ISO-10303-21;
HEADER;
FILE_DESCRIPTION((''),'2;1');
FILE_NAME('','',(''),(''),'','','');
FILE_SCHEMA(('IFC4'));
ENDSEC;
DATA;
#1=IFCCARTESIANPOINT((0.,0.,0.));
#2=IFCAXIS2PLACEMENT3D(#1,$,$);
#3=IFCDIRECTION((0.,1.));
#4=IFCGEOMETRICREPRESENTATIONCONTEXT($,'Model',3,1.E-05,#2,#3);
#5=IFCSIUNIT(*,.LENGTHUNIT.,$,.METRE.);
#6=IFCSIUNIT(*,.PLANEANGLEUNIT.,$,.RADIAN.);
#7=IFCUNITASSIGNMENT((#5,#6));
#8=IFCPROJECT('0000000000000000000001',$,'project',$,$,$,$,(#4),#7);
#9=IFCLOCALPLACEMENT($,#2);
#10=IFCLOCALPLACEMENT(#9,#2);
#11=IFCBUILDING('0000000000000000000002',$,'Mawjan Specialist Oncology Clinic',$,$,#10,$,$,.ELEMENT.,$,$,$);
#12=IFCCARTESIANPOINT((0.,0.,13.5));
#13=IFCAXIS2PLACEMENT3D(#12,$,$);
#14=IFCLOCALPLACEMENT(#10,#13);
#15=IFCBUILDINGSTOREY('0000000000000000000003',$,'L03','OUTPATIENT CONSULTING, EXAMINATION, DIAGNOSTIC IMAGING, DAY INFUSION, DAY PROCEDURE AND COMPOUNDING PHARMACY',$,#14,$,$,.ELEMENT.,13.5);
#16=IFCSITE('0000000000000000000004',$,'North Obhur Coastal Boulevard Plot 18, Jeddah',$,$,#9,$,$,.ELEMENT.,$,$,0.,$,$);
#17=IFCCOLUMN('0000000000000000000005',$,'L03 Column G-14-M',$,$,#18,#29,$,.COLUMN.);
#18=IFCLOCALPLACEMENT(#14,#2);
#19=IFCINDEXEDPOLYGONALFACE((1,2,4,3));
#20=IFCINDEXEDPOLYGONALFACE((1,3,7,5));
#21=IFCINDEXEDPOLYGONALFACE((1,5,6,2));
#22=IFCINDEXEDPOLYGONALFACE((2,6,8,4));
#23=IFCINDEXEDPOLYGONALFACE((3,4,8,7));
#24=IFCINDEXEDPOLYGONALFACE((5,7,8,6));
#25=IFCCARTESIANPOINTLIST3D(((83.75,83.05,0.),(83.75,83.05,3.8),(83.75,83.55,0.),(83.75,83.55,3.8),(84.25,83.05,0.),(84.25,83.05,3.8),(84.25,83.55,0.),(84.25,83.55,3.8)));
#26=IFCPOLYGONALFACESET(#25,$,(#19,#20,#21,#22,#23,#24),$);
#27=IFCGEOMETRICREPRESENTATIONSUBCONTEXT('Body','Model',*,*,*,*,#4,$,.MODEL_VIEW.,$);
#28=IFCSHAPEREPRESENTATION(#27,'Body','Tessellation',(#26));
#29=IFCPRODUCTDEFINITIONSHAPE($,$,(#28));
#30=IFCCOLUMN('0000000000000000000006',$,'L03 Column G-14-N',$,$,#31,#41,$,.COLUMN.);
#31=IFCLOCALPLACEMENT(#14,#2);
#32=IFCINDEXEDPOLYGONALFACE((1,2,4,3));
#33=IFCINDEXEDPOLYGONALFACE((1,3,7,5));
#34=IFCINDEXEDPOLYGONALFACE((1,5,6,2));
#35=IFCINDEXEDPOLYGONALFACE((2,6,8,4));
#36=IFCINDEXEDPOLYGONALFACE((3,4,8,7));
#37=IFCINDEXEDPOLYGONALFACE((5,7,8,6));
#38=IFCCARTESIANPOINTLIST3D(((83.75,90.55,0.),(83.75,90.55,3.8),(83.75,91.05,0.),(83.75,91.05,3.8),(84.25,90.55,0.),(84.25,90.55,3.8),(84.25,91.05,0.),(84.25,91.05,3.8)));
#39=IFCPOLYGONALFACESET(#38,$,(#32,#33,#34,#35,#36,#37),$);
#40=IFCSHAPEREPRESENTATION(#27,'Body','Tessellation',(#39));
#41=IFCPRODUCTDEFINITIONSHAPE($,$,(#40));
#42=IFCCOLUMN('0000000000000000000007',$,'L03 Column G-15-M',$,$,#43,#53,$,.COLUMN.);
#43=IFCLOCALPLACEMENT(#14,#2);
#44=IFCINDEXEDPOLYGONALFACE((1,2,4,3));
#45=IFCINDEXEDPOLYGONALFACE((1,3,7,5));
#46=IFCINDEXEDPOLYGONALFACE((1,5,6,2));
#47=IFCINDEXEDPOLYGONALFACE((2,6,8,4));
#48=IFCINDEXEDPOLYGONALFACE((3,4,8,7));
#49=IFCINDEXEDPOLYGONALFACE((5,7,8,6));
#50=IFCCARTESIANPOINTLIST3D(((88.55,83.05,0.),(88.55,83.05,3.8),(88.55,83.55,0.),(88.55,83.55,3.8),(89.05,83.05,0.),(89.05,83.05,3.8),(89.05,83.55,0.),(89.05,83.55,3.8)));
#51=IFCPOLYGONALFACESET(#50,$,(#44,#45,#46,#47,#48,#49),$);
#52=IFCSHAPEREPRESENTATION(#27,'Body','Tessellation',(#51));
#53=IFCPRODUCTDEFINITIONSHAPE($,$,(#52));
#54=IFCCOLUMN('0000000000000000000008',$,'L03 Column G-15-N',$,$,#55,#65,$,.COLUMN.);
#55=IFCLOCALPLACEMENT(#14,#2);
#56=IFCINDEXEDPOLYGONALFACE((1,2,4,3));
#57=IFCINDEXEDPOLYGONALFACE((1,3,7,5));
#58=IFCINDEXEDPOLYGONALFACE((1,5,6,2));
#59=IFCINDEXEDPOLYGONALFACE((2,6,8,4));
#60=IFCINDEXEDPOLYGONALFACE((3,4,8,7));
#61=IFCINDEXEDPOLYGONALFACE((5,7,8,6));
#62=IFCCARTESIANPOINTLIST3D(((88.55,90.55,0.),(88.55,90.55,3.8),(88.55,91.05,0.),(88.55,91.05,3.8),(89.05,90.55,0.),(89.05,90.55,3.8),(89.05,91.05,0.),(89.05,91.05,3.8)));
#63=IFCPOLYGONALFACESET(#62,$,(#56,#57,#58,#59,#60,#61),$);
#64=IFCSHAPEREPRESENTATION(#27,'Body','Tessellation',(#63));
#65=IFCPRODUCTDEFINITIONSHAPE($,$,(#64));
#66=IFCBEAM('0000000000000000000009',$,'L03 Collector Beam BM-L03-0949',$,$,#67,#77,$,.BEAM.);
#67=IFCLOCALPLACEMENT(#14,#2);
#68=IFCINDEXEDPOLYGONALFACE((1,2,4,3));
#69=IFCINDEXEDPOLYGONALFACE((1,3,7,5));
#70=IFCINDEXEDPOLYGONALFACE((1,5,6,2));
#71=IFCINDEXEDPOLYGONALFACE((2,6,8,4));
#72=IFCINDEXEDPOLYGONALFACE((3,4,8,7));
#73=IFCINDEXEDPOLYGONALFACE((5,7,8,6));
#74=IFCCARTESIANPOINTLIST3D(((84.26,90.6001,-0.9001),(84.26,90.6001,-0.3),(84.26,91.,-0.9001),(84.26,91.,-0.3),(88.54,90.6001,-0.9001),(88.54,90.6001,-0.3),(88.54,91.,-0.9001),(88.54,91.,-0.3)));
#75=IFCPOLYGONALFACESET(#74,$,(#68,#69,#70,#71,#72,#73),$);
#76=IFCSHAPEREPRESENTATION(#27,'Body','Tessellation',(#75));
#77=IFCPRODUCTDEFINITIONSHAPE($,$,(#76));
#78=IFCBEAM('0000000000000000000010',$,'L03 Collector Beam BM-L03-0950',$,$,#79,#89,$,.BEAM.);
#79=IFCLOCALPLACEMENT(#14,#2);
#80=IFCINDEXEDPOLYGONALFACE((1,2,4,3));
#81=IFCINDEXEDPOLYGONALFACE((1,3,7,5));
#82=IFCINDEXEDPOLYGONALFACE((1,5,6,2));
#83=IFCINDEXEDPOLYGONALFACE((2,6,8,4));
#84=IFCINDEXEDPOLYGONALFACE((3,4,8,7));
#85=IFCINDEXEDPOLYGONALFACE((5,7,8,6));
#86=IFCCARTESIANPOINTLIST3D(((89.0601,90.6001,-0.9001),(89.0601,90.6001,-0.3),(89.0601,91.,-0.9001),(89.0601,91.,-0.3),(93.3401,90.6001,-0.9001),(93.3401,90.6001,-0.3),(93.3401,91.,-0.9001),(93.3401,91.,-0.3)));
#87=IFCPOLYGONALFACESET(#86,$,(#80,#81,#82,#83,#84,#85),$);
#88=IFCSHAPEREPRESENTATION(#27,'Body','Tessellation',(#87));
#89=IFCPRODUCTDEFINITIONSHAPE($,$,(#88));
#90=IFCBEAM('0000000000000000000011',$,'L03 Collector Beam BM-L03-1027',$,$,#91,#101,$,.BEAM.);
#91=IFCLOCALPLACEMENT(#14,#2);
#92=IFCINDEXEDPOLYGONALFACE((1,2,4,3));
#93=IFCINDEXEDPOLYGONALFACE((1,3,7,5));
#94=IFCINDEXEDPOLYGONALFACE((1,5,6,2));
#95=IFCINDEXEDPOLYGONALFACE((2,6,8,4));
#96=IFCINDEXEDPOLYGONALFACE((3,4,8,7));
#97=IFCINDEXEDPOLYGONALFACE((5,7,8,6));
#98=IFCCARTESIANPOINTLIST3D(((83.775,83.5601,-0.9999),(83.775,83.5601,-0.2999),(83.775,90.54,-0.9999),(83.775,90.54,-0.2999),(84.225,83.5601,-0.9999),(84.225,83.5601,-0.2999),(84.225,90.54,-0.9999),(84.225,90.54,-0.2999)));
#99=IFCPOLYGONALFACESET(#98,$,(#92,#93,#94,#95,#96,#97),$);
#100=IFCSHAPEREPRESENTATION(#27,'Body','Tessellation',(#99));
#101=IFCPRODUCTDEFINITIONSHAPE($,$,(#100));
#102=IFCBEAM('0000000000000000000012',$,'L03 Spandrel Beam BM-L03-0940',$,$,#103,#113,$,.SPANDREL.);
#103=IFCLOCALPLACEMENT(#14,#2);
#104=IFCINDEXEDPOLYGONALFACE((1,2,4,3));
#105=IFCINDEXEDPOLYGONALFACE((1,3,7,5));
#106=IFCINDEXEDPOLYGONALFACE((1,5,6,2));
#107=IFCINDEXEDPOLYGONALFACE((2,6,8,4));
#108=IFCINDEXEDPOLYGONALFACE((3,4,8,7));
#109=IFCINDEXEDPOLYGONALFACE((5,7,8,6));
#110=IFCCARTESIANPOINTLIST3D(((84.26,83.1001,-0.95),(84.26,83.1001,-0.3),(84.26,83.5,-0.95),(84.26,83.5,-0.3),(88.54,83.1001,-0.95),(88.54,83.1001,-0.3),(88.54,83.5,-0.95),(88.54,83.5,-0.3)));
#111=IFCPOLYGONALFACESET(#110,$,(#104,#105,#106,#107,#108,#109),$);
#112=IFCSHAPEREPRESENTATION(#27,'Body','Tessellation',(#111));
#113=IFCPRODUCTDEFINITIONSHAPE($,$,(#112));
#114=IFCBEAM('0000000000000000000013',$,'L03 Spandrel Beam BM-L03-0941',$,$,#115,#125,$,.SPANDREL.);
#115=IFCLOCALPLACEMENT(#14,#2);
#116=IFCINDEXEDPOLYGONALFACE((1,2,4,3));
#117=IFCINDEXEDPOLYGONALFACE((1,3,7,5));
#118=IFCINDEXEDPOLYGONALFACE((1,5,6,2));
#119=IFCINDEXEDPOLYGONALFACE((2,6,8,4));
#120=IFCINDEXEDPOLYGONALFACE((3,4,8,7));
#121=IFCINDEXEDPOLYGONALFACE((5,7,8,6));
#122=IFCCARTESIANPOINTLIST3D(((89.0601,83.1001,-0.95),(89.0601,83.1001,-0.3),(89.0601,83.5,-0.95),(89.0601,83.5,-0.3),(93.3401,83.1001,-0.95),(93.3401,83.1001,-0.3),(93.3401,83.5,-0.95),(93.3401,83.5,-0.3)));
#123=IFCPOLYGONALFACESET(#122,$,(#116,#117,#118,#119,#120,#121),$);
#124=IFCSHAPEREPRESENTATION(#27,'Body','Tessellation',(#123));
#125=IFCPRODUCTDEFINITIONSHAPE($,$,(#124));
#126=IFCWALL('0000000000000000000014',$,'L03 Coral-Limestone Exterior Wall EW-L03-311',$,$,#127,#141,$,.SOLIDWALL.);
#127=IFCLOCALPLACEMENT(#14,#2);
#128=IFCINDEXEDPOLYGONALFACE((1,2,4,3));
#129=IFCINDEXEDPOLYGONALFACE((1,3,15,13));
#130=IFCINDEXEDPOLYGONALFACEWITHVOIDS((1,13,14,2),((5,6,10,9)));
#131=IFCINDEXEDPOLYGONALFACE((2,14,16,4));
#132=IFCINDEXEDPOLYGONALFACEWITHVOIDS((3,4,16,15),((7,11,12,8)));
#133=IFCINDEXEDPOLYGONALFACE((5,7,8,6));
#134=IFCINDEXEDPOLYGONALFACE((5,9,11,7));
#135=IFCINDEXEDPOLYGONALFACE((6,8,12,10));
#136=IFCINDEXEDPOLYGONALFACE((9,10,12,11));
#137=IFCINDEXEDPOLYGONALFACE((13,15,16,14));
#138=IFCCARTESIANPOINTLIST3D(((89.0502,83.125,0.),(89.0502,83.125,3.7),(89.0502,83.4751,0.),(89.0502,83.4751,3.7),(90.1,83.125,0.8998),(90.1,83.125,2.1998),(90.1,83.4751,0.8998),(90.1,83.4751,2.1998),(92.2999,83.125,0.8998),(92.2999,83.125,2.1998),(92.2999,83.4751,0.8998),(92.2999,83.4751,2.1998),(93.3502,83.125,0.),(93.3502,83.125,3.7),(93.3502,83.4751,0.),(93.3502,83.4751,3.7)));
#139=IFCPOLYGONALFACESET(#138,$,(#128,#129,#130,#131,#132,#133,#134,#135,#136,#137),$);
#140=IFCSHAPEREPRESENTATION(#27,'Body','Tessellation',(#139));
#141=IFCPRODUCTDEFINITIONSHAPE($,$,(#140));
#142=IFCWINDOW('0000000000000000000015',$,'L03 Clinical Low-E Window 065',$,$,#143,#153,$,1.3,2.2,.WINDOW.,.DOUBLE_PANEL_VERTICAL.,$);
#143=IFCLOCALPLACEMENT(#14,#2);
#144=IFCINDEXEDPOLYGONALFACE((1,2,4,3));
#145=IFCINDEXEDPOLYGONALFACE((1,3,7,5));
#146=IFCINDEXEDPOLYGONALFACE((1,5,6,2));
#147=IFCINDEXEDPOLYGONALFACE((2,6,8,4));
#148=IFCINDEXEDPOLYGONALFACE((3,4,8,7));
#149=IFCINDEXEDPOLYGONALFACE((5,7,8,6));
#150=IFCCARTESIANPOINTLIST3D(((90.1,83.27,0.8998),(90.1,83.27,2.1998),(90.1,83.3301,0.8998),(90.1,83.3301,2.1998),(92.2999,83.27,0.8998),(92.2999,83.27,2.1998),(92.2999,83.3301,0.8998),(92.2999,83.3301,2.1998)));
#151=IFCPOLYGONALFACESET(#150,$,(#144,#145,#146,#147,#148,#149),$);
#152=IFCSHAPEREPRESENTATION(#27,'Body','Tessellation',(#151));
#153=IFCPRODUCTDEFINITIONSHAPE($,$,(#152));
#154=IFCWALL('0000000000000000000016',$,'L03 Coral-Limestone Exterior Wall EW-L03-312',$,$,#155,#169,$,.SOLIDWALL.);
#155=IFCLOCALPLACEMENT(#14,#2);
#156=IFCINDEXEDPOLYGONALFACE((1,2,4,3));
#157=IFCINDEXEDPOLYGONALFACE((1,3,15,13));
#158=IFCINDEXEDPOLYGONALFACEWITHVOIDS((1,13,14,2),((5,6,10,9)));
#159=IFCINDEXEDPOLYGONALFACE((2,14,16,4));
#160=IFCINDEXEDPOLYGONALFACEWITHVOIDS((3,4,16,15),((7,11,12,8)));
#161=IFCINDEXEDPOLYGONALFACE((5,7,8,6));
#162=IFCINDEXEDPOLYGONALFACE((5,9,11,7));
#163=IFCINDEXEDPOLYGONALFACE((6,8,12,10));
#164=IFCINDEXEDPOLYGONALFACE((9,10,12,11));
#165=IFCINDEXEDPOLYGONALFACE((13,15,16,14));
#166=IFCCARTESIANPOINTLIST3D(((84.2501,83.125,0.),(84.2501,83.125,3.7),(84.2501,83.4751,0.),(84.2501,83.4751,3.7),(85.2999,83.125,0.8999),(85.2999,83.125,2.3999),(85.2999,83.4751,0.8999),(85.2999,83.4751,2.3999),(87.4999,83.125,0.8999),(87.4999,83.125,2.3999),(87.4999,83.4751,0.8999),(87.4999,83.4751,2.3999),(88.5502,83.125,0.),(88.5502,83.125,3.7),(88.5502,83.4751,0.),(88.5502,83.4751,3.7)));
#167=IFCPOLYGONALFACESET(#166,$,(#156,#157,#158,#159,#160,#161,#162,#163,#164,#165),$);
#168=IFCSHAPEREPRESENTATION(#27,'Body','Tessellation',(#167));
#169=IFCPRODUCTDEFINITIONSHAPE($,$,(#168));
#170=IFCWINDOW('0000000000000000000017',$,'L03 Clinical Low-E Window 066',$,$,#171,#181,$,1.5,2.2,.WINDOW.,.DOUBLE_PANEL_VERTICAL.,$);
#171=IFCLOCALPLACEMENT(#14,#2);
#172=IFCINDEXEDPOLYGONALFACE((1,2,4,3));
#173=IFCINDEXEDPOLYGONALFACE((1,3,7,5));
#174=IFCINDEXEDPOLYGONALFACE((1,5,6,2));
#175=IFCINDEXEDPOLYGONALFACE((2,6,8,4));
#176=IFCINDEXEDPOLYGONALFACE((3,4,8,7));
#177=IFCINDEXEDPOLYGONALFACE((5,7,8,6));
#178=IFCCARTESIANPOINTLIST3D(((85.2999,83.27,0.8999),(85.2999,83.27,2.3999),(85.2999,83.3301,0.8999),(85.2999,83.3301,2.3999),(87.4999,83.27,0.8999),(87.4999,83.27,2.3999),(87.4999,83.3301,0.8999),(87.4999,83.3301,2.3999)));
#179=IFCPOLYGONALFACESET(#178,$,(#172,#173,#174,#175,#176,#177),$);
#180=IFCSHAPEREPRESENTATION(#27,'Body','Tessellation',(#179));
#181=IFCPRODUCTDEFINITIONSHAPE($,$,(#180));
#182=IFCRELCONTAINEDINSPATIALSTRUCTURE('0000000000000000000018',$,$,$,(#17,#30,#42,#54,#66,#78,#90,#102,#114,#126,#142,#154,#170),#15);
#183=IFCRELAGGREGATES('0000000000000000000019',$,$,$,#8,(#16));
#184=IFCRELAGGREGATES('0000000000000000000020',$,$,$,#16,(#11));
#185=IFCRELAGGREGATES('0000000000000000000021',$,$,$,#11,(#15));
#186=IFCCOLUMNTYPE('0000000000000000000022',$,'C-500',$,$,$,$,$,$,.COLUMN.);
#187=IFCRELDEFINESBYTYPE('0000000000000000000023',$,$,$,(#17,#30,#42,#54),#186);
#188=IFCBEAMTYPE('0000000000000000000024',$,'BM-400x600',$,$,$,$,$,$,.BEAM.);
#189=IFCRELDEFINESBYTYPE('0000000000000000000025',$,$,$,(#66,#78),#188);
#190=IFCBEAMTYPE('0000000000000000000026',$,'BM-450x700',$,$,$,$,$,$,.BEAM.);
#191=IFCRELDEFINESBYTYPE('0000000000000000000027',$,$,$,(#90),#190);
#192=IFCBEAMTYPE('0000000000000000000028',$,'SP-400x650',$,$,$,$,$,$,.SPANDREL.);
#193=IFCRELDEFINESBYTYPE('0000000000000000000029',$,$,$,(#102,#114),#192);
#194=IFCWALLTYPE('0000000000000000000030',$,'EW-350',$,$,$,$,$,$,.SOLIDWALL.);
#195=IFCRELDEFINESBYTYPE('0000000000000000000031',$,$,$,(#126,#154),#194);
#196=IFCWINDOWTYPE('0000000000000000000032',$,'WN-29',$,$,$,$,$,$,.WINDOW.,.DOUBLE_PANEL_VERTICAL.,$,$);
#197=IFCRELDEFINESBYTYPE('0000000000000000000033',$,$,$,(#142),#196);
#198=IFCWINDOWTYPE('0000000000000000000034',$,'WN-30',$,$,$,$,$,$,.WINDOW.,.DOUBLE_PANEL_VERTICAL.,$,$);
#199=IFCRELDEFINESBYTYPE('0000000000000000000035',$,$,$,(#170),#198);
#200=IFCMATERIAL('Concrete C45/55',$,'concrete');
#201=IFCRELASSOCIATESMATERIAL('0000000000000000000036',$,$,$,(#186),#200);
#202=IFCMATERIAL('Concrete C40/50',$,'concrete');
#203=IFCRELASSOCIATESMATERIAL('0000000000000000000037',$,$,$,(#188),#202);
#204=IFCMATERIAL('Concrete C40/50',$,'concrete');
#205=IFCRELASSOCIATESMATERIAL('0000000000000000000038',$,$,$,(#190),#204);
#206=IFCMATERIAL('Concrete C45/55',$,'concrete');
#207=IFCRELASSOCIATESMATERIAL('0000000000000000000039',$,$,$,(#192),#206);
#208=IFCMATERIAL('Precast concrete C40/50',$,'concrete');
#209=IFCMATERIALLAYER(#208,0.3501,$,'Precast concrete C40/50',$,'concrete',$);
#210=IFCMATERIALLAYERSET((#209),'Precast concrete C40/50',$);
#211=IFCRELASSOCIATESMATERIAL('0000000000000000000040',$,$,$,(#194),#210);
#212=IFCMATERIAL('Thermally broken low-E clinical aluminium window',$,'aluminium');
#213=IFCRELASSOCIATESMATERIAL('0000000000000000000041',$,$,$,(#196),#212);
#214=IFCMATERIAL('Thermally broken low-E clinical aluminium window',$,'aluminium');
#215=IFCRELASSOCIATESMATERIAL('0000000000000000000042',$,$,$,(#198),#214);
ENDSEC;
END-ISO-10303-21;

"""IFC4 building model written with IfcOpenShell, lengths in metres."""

from ifc_helpers import new_model, si_unit, direction, frame, frame_2d, origin, origin_2d, place, context, subcontext, project, spatial, rectangle, extrude, material, layer, layer_set, material_profile, profile_set, type_object, element, fill, save


model = new_model("IFC4")

# Units and contexts
model_context = context("Model", 3, precision=1e-05, world=origin(), true_north=direction((0.0, 1.0)))
body_context = subcontext(model_context, "Body", "Model", "MODEL_VIEW")
ifc_project = project(units=[si_unit("LENGTHUNIT", "METRE"), si_unit("PLANEANGLEUNIT", "RADIAN")], contexts=[model_context])

# Site, building, storey
site_placement = place(None, origin())
site = spatial("IfcSite", under=ifc_project, at=site_placement, Name="North Obhur Coastal Boulevard Plot 18, Jeddah", CompositionType="ELEMENT", RefElevation=0.0)
building_placement = place(site_placement, origin())
building = spatial("IfcBuilding", under=site, at=building_placement, Name="Mawjan Specialist Oncology Clinic", CompositionType="ELEMENT")
storey_placement = place(building_placement, frame((0.0, 0.0, 13.5)))
storey = spatial("IfcBuildingStorey", under=building, at=storey_placement, Name="L03", Description="OUTPATIENT CONSULTING, EXAMINATION, DIAGNOSTIC IMAGING, DAY INFUSION, DAY PROCEDURE AND COMPOUNDING PHARMACY", CompositionType="ELEMENT", Elevation=13.5)

# Columns
ifc_material_1 = material(Name="Concrete C45/55", Category="concrete")
ifc_material_profile_1 = material_profile(ifc_material_1, rectangle(XDim=0.5, YDim=0.5, at=origin_2d()), Name="RC COL 500x500", Category="concrete")
ifc_profile_set_1 = profile_set([ifc_material_profile_1], Name="Concrete C45/55")
column_type = type_object("IfcColumnType", Name="C-500", PredefinedType="COLUMN", material=ifc_profile_set_1)
for number, where, z_axis, x_axis, name in (
    (1, (84.0, 83.3, 0.0), (0.0, 0.0, 1.0), (1.0, 0.0, 0.0), "L03 Column G-14-M"),
    (2, (84.0, 90.8, 0.0), (0.0, 0.0, 1.0), (1.0, 0.0, 0.0), "L03 Column G-14-N"),
    (3, (88.8, 83.3, 0.0), (0.0, 0.0, 1.0), (1.0, 0.0, 0.0), "L03 Column G-15-M"),
    (4, (88.8, 90.8, 0.0), (0.0, 0.0, 1.0), (1.0, 0.0, 0.0), "L03 Column G-15-N"),
):
    element("IfcColumn", number, at=place(storey_placement, frame(where, z_axis=z_axis, x_axis=x_axis)), inside=storey, type_object=column_type, Name=name, PredefinedType="COLUMN", context=body_context, shape_type="SweptSolid", body=[
        extrude(rectangle(XDim=0.5, YDim=0.5, at=origin_2d()), origin(), (0.0, 0.0, 1.0), 3.8),
    ])

# Beams
ifc_material_2 = material(Name="Concrete C40/50", Category="concrete")
ifc_material_profile_2 = material_profile(ifc_material_2, rectangle(XDim=0.3999, YDim=0.6001, at=origin_2d()), Name="RC BM 400x600", Category="concrete")
ifc_profile_set_2 = profile_set([ifc_material_profile_2], Name="Concrete C40/50")
beam_type_1 = type_object("IfcBeamType", Name="BM-400x600", PredefinedType="BEAM", material=ifc_profile_set_2)
for number, where, z_axis, x_axis, name in (
    (5, (84.26, 90.8, -0.6001), (1.0, 0.0, 0.0), (0.0, 1.0, 0.0), "L03 Collector Beam BM-L03-0949"),
    (6, (89.0601, 90.8, -0.6001), (1.0, 0.0, 0.0), (0.0, 1.0, 0.0), "L03 Collector Beam BM-L03-0950"),
):
    element("IfcBeam", number, at=place(storey_placement, frame(where, z_axis=z_axis, x_axis=x_axis)), inside=storey, type_object=beam_type_1, Name=name, PredefinedType="BEAM", context=body_context, shape_type="SweptSolid", body=[
        extrude(rectangle(XDim=0.3999, YDim=0.6001, at=origin_2d()), origin(), (0.0, 0.0, 1.0), 4.28),
    ])
ifc_material_3 = material(Name="Concrete C40/50", Category="concrete")
ifc_material_profile_3 = material_profile(ifc_material_3, rectangle(XDim=0.45, YDim=0.7, at=origin_2d()), Name="RC BM 450x700", Category="concrete")
ifc_profile_set_3 = profile_set([ifc_material_profile_3], Name="Concrete C40/50")
beam_type_2 = type_object("IfcBeamType", Name="BM-450x700", PredefinedType="BEAM", material=ifc_profile_set_3)
beam_placement = place(storey_placement, frame((84.0, 83.5601, -0.6499), z_axis=(0.0, 1.0, 0.0), x_axis=(-1.0, 0.0, 0.0)))
element("IfcBeam", 7, at=beam_placement, inside=storey, type_object=beam_type_2, Name="L03 Collector Beam BM-L03-1027", PredefinedType="BEAM", context=body_context, shape_type="SweptSolid", body=[
    extrude(rectangle(XDim=0.45, YDim=0.7, at=origin_2d()), origin(), (0.0, 0.0, 1.0), 6.98),
])
ifc_material_4 = material(Name="Concrete C45/55", Category="concrete")
ifc_material_profile_4 = material_profile(ifc_material_4, rectangle(XDim=0.3999, YDim=0.6499, at=origin_2d()), Name="RC BM 400x650", Category="concrete")
ifc_profile_set_4 = profile_set([ifc_material_profile_4], Name="Concrete C45/55")
beam_type_3 = type_object("IfcBeamType", Name="SP-400x650", PredefinedType="SPANDREL", material=ifc_profile_set_4)
for number, where, z_axis, x_axis, name in (
    (8, (84.26, 83.3, -0.625), (1.0, 0.0, 0.0), (0.0, 1.0, 0.0), "L03 Spandrel Beam BM-L03-0940"),
    (9, (89.0601, 83.3, -0.625), (1.0, 0.0, 0.0), (0.0, 1.0, 0.0), "L03 Spandrel Beam BM-L03-0941"),
):
    element("IfcBeam", number, at=place(storey_placement, frame(where, z_axis=z_axis, x_axis=x_axis)), inside=storey, type_object=beam_type_3, Name=name, PredefinedType="SPANDREL", context=body_context, shape_type="SweptSolid", body=[
        extrude(rectangle(XDim=0.3999, YDim=0.6499, at=origin_2d()), origin(), (0.0, 0.0, 1.0), 4.28),
    ])

# Walls, openings, windows
ifc_material_5 = material(Name="Precast concrete C40/50", Category="concrete")
ifc_layer_1 = layer(ifc_material_5, 0.3501, Name="Precast concrete C40/50", Category="concrete")
ifc_layer_set_1 = layer_set([ifc_layer_1], Name="Precast concrete C40/50")
wall_type_1 = type_object("IfcWallType", Name="EW-350", PredefinedType="SOLIDWALL", material=ifc_layer_set_1)
wall_1_placement = place(storey_placement, frame((93.3501, 83.3, 0.0), z_axis=(0.0, 0.0, 1.0), x_axis=(-1.0, 0.0, 0.0)))
wall_1 = element("IfcWall", 10, at=wall_1_placement, inside=storey, type_object=wall_type_1, Name="L03 Coral-Limestone Exterior Wall EW-L03-311", PredefinedType="SOLIDWALL", context=body_context, shape_type="SweptSolid", body=[
    extrude(rectangle(XDim=4.3, YDim=0.3501, at=frame_2d((2.1499, 0.0))), origin(), (0.0, 0.0, 1.0), 3.7),
])
opening_1_placement = place(wall_1_placement, frame((1.05, 0.0, 0.8999)))
opening_1 = element("IfcOpeningElement", 11, at=opening_1_placement, cuts=wall_1, PredefinedType="OPENING", context=body_context, shape_type="SweptSolid", body=[
    extrude(rectangle(XDim=2.2, YDim=1.3, at=frame_2d((1.1001, 0.6499))), frame((0.0, 0.187, 0.0), z_axis=(0.0, -1.0, 0.0), x_axis=(1.0, 0.0, 0.0)), (0.0, 0.0, 1.0), 0.374),
])
ifc_material_6 = material(Name="Thermally broken low-E clinical aluminium window", Category="aluminium")
window_type_1 = type_object("IfcWindowType", Name="WN-29", PartitioningType="DOUBLE_PANEL_VERTICAL", PredefinedType="WINDOW", material=ifc_material_6)
window_1_placement = place(opening_1_placement, origin())
window_1 = element("IfcWindow", 12, at=window_1_placement, inside=storey, type_object=window_type_1, Name="L03 Clinical Low-E Window 065", OverallHeight=1.3, OverallWidth=2.2, PartitioningType="DOUBLE_PANEL_VERTICAL", PredefinedType="WINDOW", context=body_context, shape_type="SweptSolid", body=[
    extrude(rectangle(XDim=2.2, YDim=1.3, at=frame_2d((1.1001, 0.6499))), frame((0.0, 0.03, 0.0), z_axis=(0.0, -1.0, 0.0), x_axis=(1.0, 0.0, 0.0)), (0.0, 0.0, 1.0), 0.0601),
])
fill(opening_1, window_1)
wall_2_placement = place(storey_placement, frame((88.55, 83.3, 0.0), z_axis=(0.0, 0.0, 1.0), x_axis=(-1.0, 0.0, 0.0)))
wall_2 = element("IfcWall", 13, at=wall_2_placement, inside=storey, type_object=wall_type_1, Name="L03 Coral-Limestone Exterior Wall EW-L03-312", PredefinedType="SOLIDWALL", context=body_context, shape_type="SweptSolid", body=[
    extrude(rectangle(XDim=4.3, YDim=0.3501, at=frame_2d((2.1499, 0.0))), origin(), (0.0, 0.0, 1.0), 3.7),
])
opening_2_placement = place(wall_2_placement, frame((1.05, 0.0, 0.8999)))
opening_2 = element("IfcOpeningElement", 14, at=opening_2_placement, cuts=wall_2, PredefinedType="OPENING", context=body_context, shape_type="SweptSolid", body=[
    extrude(rectangle(XDim=2.2, YDim=1.5, at=frame_2d((1.1001, 0.75))), frame((0.0, 0.187, 0.0), z_axis=(0.0, -1.0, 0.0), x_axis=(1.0, 0.0, 0.0)), (0.0, 0.0, 1.0), 0.374),
])
ifc_material_7 = material(Name="Thermally broken low-E clinical aluminium window", Category="aluminium")
window_type_2 = type_object("IfcWindowType", Name="WN-30", PartitioningType="DOUBLE_PANEL_VERTICAL", PredefinedType="WINDOW", material=ifc_material_7)
window_2_placement = place(opening_2_placement, origin())
window_2 = element("IfcWindow", 15, at=window_2_placement, inside=storey, type_object=window_type_2, Name="L03 Clinical Low-E Window 066", OverallHeight=1.5, OverallWidth=2.2, PartitioningType="DOUBLE_PANEL_VERTICAL", PredefinedType="WINDOW", context=body_context, shape_type="SweptSolid", body=[
    extrude(rectangle(XDim=2.2, YDim=1.5, at=frame_2d((1.1001, 0.75))), frame((0.0, 0.03, 0.0), z_axis=(0.0, -1.0, 0.0), x_axis=(1.0, 0.0, 0.0)), (0.0, 0.0, 1.0), 0.0601),
])
fill(opening_2, window_2)

save(model, "model.ifc")
